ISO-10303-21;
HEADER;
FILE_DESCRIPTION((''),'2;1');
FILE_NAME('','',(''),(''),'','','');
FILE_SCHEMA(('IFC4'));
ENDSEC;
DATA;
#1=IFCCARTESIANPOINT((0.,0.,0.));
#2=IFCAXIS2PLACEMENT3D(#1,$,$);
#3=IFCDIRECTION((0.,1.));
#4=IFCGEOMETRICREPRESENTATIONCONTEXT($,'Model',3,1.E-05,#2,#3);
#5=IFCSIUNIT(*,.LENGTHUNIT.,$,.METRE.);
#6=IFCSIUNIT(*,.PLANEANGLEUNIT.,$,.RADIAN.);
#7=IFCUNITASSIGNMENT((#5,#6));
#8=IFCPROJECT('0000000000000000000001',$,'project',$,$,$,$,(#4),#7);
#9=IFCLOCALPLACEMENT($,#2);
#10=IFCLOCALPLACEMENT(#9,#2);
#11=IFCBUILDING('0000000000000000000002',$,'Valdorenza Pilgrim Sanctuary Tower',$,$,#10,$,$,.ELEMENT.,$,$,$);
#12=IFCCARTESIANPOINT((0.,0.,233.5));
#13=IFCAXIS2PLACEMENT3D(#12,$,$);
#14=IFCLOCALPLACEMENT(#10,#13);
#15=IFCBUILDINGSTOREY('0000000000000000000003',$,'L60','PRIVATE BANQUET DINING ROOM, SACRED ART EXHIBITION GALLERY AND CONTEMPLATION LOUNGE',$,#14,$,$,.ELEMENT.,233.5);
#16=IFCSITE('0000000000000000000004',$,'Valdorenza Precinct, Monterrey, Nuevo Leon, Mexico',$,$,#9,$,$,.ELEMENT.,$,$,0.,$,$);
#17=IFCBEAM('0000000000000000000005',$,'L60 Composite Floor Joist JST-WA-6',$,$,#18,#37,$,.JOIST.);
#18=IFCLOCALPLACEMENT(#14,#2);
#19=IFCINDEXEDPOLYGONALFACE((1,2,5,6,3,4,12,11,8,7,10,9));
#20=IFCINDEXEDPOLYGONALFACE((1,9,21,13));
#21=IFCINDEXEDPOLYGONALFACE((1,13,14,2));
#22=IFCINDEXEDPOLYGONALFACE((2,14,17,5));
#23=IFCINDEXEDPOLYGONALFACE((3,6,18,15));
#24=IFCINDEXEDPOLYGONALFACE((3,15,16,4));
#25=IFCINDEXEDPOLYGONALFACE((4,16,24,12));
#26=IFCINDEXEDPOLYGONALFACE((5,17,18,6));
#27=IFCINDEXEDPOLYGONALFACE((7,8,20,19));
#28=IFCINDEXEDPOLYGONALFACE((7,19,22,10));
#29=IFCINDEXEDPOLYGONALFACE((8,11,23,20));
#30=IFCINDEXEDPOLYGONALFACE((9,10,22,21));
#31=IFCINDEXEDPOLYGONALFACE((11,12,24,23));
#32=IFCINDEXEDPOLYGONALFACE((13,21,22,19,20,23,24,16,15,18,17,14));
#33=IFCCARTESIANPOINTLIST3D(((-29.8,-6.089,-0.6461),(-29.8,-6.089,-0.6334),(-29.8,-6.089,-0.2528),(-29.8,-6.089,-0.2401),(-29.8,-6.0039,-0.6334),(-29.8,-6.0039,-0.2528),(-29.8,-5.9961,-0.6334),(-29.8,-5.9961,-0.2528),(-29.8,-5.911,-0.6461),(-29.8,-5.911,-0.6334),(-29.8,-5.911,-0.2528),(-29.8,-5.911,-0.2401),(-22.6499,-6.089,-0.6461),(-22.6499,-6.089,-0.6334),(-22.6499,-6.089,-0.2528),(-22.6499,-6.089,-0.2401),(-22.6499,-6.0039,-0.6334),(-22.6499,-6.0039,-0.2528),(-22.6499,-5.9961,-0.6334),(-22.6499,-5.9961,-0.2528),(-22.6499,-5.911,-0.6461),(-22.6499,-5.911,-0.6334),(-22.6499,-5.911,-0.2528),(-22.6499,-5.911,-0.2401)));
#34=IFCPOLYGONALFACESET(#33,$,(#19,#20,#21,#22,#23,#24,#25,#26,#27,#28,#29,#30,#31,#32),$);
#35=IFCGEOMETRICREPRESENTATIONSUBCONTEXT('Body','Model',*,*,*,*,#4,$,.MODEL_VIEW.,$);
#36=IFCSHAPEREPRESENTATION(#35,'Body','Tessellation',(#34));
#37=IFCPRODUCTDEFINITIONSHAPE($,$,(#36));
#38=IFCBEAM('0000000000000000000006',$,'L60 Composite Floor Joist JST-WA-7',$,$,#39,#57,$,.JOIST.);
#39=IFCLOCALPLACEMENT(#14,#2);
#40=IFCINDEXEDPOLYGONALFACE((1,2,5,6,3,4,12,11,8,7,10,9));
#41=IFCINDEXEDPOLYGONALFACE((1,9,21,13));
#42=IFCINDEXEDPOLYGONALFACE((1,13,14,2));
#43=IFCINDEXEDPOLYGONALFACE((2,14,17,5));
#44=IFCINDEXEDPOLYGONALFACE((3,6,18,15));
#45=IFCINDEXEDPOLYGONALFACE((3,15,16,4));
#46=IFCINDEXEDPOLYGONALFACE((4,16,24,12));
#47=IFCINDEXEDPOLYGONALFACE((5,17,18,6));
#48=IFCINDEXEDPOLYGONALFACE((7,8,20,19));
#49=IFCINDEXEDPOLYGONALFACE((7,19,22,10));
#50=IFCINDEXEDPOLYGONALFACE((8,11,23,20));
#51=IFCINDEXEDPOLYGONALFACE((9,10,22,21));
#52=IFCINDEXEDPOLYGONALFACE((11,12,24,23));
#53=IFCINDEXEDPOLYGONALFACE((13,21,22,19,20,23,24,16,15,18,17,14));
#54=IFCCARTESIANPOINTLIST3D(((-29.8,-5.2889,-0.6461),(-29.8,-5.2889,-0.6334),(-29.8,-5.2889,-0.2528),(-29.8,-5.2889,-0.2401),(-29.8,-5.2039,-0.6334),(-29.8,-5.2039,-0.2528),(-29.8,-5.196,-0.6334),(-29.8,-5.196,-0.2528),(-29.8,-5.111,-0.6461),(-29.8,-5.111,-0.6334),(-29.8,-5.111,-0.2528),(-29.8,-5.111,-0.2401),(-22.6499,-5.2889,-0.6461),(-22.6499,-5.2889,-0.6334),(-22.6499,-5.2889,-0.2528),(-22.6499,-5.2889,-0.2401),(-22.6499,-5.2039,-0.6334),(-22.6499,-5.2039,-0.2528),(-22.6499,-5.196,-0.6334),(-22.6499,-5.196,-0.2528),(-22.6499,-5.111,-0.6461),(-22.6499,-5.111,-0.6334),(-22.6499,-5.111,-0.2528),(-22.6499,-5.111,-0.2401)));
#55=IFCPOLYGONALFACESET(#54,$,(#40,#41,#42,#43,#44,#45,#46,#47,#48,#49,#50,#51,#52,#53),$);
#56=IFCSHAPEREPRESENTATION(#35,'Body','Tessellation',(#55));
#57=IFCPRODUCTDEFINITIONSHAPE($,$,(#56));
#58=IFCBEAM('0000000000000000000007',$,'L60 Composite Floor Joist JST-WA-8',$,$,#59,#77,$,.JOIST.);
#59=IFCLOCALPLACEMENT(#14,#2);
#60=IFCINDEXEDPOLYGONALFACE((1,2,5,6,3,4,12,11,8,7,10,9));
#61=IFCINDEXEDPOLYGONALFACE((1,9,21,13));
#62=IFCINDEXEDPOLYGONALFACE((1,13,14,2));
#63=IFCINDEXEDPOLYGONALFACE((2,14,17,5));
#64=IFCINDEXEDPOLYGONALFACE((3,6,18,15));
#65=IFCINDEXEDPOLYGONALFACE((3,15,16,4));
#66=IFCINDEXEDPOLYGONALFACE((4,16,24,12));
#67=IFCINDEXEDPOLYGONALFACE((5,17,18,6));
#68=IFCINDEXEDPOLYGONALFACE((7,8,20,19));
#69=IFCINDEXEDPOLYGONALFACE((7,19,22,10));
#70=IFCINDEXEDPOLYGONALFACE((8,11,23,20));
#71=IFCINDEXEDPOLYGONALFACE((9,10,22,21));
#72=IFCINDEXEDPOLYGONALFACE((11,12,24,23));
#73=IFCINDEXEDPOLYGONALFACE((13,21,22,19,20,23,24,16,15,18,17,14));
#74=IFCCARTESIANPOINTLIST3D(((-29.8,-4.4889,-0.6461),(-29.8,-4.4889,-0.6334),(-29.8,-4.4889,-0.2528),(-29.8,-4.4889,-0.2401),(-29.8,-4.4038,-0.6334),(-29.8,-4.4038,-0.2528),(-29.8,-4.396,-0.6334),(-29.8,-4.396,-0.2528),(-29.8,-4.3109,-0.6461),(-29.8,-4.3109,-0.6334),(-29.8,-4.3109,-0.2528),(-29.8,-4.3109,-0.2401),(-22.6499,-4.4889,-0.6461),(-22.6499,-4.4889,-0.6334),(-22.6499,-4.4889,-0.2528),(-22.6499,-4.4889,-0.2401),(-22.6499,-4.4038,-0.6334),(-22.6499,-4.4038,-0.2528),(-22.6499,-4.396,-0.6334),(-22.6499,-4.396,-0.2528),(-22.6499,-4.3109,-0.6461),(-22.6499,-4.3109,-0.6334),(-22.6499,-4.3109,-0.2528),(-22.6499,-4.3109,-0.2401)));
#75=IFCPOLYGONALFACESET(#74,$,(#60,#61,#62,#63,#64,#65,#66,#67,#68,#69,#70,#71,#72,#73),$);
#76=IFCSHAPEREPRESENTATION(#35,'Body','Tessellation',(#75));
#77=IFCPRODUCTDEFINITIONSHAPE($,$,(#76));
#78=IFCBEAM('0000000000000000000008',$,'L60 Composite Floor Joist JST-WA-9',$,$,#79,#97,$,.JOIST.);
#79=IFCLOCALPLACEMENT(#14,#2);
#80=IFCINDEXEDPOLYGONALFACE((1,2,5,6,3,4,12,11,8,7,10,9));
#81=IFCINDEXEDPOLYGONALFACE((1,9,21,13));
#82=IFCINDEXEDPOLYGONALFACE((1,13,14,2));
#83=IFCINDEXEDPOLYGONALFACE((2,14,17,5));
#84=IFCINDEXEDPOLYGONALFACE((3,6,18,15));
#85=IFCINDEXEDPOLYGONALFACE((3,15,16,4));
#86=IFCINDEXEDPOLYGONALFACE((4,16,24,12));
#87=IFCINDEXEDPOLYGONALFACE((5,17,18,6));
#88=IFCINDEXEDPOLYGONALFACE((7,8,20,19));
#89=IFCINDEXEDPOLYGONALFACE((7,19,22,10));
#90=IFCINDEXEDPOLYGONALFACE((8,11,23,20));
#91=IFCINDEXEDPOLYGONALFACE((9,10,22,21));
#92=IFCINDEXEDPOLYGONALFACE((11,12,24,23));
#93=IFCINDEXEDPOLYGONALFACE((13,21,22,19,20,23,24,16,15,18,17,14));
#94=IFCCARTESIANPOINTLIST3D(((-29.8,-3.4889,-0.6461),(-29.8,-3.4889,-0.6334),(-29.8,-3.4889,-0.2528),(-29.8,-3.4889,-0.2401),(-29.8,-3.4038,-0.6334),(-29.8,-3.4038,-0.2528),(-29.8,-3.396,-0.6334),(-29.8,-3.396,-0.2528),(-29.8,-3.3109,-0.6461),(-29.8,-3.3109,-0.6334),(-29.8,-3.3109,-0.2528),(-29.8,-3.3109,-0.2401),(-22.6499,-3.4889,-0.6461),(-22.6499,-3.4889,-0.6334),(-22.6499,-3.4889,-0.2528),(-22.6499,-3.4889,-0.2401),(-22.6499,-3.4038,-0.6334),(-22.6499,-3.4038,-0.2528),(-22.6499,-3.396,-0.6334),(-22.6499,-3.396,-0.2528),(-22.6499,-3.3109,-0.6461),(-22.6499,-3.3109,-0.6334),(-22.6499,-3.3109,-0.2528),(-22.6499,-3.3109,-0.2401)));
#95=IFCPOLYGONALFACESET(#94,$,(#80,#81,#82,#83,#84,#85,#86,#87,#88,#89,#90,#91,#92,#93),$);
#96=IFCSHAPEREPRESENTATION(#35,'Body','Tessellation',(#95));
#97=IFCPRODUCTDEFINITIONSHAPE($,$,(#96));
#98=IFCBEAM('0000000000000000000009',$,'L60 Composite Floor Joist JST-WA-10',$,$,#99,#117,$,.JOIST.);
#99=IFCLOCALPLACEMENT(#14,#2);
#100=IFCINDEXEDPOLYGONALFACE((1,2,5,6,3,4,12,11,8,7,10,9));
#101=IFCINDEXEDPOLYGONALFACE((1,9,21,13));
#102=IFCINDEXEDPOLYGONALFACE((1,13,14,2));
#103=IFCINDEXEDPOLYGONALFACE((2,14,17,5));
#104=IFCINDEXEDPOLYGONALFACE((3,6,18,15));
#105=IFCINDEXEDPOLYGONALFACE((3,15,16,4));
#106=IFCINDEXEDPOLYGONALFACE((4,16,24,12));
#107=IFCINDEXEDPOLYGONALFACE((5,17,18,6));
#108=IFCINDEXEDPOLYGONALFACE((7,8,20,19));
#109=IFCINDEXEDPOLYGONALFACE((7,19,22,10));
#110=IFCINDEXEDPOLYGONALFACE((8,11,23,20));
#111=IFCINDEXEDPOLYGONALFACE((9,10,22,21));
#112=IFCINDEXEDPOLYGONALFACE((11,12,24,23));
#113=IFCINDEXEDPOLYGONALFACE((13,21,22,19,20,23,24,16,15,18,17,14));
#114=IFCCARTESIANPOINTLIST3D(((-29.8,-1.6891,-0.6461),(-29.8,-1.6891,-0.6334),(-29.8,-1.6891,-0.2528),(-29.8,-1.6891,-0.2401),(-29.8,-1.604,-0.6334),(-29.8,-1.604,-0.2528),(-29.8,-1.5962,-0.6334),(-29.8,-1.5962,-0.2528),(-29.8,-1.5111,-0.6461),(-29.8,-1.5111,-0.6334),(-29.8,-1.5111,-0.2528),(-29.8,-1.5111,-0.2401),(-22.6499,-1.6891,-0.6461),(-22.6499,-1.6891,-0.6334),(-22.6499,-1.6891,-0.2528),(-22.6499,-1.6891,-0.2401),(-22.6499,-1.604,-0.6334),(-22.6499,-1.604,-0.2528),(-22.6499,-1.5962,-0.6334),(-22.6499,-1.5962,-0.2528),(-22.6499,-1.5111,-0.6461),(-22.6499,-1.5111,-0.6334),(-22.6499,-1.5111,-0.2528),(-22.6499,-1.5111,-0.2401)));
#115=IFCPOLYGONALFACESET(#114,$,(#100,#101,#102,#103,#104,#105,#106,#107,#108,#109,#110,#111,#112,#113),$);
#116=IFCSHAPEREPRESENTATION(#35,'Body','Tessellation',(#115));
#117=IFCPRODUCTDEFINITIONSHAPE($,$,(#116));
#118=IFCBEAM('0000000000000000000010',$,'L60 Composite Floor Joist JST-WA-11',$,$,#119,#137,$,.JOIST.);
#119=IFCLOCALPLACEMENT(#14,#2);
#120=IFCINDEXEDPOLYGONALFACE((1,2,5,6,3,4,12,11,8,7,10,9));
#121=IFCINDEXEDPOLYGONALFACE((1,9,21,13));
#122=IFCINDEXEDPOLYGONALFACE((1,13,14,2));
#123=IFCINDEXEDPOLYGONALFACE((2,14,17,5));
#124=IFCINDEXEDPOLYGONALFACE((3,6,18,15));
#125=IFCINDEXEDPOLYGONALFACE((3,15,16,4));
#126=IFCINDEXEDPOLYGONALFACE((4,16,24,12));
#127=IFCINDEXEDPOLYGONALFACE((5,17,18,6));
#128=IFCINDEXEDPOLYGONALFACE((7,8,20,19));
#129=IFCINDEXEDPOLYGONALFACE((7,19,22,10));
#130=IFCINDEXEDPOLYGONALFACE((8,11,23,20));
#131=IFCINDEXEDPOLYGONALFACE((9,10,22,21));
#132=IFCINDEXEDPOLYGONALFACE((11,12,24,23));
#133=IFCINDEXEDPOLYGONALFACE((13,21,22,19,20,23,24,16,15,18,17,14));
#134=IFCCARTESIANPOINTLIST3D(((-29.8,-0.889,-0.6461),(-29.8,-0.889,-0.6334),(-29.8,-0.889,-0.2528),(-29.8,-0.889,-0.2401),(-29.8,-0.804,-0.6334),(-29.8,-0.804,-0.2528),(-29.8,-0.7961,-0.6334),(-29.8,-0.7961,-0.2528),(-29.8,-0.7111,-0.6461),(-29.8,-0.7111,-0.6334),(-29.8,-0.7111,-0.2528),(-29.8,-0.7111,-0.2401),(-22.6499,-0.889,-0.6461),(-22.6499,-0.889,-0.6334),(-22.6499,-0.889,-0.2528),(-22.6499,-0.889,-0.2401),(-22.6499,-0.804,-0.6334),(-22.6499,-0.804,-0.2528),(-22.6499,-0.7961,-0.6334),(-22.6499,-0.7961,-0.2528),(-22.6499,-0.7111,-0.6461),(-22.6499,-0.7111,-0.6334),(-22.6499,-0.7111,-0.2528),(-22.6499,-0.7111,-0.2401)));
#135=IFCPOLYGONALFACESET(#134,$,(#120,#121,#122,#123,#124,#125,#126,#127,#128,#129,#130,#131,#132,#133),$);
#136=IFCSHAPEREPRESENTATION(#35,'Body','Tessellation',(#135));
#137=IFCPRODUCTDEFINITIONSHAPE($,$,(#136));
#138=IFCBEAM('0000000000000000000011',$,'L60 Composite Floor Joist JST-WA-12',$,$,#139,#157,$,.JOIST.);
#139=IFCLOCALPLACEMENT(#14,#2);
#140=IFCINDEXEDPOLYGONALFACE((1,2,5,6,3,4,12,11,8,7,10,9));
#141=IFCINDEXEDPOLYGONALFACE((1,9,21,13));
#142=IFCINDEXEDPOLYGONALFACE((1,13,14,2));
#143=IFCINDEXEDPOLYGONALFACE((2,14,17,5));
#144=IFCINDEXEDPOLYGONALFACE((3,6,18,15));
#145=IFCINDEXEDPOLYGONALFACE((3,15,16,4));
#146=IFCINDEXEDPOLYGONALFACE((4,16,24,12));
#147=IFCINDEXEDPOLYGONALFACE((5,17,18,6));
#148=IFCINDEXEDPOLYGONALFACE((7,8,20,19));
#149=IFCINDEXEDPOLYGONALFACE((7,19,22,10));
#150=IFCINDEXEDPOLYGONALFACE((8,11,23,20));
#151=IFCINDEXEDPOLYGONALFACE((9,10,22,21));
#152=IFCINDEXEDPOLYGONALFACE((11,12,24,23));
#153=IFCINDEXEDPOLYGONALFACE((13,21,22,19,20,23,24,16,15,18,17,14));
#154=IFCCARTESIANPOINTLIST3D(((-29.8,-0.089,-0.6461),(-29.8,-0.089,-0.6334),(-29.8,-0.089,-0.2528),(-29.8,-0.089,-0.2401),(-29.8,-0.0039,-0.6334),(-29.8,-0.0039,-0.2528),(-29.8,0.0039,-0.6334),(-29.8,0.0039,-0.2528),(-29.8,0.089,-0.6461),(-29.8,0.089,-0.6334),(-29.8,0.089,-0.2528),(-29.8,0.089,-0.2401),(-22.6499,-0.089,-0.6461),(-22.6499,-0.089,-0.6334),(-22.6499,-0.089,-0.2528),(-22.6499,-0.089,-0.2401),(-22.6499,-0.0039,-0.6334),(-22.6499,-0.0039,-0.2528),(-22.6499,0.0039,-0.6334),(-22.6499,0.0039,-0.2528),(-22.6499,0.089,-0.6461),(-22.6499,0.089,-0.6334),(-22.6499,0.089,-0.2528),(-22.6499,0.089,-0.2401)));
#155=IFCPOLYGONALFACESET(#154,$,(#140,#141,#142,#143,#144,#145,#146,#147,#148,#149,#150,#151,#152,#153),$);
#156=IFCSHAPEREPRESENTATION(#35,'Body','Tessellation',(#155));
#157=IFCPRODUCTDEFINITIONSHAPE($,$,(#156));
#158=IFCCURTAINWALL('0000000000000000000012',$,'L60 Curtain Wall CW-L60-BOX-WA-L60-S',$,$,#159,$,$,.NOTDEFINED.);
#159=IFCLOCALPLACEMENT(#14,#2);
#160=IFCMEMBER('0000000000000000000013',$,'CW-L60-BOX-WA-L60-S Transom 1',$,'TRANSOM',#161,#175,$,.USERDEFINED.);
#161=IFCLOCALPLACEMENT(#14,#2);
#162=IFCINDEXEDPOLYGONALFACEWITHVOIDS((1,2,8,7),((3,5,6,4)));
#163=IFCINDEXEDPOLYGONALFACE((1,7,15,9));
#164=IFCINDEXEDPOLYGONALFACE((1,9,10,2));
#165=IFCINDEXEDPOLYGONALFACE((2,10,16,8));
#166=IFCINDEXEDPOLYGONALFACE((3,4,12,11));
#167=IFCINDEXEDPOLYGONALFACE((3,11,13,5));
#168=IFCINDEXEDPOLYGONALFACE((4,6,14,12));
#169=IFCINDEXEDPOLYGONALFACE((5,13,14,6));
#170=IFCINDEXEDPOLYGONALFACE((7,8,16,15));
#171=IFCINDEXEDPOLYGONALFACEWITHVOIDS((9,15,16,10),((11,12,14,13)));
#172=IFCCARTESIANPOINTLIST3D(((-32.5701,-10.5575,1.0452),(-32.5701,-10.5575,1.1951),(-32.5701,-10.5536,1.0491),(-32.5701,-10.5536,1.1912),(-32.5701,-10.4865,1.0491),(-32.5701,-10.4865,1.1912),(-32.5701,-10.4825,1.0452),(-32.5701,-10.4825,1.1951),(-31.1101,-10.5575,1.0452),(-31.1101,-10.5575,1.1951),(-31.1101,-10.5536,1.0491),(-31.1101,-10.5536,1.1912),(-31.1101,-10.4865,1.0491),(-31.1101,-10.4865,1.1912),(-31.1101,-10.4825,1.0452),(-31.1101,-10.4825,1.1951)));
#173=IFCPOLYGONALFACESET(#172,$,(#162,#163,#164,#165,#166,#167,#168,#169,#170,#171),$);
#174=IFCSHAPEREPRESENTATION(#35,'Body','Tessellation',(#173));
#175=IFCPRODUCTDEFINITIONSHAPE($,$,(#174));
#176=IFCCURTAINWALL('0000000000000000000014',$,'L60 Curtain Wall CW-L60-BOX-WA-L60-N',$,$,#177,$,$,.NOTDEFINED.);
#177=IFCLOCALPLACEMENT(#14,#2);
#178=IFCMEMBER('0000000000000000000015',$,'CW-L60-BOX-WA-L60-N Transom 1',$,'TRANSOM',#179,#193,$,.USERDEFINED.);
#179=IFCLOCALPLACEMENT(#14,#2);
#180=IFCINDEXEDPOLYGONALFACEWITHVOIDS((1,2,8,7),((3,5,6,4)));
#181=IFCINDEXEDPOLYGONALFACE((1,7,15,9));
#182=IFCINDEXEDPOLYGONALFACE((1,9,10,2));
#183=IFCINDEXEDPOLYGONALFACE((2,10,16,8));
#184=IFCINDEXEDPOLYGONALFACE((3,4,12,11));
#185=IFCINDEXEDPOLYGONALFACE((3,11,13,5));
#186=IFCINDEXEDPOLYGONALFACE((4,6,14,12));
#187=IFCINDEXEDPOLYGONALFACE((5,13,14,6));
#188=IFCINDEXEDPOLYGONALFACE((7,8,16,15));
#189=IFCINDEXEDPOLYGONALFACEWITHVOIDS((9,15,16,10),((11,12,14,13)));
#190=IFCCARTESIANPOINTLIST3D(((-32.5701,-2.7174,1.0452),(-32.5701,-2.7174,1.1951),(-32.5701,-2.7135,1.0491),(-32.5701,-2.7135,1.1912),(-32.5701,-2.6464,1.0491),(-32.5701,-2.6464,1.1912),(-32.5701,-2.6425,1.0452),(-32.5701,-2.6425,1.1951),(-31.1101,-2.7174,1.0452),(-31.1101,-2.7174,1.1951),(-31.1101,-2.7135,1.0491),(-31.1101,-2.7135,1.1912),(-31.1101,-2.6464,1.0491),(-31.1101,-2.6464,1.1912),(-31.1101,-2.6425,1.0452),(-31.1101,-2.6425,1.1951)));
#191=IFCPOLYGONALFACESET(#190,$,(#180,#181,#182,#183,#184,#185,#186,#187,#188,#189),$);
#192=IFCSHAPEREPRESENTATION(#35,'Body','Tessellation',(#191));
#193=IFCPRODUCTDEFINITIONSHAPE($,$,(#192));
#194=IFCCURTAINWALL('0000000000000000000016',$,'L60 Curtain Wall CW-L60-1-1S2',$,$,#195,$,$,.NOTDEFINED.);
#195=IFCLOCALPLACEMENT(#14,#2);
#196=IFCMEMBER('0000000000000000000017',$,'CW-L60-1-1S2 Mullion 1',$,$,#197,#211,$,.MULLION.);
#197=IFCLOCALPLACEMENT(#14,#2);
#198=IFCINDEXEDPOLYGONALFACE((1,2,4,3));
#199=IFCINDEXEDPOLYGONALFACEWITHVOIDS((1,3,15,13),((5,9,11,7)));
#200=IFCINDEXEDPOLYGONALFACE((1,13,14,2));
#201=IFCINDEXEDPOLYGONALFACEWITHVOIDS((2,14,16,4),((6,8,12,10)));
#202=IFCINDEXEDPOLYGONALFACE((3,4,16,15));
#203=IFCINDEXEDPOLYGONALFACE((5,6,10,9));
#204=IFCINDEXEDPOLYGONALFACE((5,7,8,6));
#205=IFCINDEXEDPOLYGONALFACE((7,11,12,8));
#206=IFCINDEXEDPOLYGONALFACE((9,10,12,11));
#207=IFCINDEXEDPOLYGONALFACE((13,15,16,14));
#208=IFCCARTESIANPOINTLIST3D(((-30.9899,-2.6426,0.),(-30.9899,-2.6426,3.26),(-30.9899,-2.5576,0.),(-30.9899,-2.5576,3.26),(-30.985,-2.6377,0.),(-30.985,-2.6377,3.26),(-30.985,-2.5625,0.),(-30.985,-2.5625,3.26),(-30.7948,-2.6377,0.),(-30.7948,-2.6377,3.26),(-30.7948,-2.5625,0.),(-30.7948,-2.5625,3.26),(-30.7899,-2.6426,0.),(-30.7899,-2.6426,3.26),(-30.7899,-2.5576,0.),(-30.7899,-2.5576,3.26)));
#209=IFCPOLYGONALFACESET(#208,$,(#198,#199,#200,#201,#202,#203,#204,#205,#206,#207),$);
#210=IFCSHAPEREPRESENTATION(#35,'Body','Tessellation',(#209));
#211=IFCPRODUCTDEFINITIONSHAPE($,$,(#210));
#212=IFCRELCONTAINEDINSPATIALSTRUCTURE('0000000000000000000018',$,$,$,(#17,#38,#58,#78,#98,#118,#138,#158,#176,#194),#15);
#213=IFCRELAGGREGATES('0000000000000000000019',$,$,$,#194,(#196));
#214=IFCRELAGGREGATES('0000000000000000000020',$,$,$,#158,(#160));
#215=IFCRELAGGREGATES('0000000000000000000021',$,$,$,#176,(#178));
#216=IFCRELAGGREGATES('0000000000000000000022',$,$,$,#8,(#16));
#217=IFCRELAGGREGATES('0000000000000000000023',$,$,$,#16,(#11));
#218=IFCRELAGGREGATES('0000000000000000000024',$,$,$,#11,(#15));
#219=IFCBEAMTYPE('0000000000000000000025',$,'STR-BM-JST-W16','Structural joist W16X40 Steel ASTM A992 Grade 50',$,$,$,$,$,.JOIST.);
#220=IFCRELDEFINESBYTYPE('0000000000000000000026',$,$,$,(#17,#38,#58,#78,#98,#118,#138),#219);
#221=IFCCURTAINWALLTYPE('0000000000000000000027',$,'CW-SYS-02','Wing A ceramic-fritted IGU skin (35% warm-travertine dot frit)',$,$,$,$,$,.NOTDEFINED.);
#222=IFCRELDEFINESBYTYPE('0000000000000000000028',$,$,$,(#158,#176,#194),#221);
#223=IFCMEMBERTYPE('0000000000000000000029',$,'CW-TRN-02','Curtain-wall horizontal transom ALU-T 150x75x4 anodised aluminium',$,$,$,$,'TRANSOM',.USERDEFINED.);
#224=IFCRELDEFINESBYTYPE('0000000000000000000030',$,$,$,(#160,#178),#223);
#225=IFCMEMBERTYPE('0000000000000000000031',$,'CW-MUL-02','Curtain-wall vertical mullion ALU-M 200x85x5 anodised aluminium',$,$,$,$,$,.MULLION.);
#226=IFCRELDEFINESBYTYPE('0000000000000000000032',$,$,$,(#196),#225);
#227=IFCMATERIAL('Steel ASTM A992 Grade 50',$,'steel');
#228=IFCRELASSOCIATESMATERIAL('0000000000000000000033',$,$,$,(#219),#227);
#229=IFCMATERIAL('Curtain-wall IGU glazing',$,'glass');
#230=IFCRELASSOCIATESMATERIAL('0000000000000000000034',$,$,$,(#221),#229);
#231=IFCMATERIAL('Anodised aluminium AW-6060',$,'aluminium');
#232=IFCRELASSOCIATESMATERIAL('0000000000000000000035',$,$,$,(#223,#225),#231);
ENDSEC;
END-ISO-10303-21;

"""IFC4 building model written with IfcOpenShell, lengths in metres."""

from ifc_helpers import new_model, si_unit, direction, frame, origin, origin_2d, place, context, subcontext, project, spatial, hollow_rectangle, i_section, extrude, source, transform, mapped, material, material_profile, profile_set, type_object, element, aggregate, save


model = new_model("IFC4")

# Units and contexts
model_context = context("Model", 3, precision=1e-05, world=origin(), true_north=direction((0.0, 1.0)))
body_context = subcontext(model_context, "Body", "Model", "MODEL_VIEW")
ifc_project = project(units=[si_unit("LENGTHUNIT", "METRE"), si_unit("PLANEANGLEUNIT", "RADIAN")], contexts=[model_context])

# Site, building, storey
site_placement = place(None, origin())
site = spatial("IfcSite", under=ifc_project, at=site_placement, Name="Valdorenza Precinct, Monterrey, Nuevo Leon, Mexico", CompositionType="ELEMENT", RefElevation=0.0)
building_placement = place(site_placement, origin())
building = spatial("IfcBuilding", under=site, at=building_placement, Name="Valdorenza Pilgrim Sanctuary Tower", CompositionType="ELEMENT")
storey_placement = place(building_placement, frame((0.0, 0.0, 233.5)))
storey = spatial("IfcBuildingStorey", under=building, at=storey_placement, Name="L60", Description="PRIVATE BANQUET DINING ROOM, SACRED ART EXHIBITION GALLERY AND CONTEMPLATION LOUNGE", CompositionType="ELEMENT", Elevation=233.5)

# Beams
ifc_material_1 = material(Name="Steel ASTM A992 Grade 50", Category="steel")
ifc_material_profile_1 = material_profile(ifc_material_1, i_section(OverallWidth=0.178, OverallDepth=0.406, WebThickness=0.0078, FlangeThickness=0.0127, at=origin_2d()), Name="W16X40")
ifc_profile_set_1 = profile_set([ifc_material_profile_1], Name="Steel ASTM A992 Grade 50")
beam_type_1 = type_object("IfcBeamType", Name="STR-BM-JST-W16", Description="Structural joist W16X40 Steel ASTM A992 Grade 50", PredefinedType="JOIST", material=ifc_profile_set_1)
shared_shape_1 = source(origin(), body_context, "Body", "SweptSolid", [
    extrude(i_section(OverallWidth=0.178, OverallDepth=0.406, WebThickness=0.0078, FlangeThickness=0.0127, at=origin_2d()), origin(), (0.0, 0.0, 1.0), 7.1501),
])
for number, where, z_axis, x_axis, name in (
    (1, (-29.8, -6.0, -0.4431), (1.0, 0.0, 0.0), (0.0, 1.0, 0.0), "L60 Composite Floor Joist JST-WA-6"),
    (2, (-29.8, -5.2, -0.4431), (1.0, 0.0, 0.0), (0.0, 1.0, 0.0), "L60 Composite Floor Joist JST-WA-7"),
    (3, (-29.8, -4.3999, -0.4431), (1.0, 0.0, 0.0), (0.0, 1.0, 0.0), "L60 Composite Floor Joist JST-WA-8"),
    (4, (-29.8, -3.3999, -0.4431), (1.0, 0.0, 0.0), (0.0, 1.0, 0.0), "L60 Composite Floor Joist JST-WA-9"),
    (5, (-29.8, -1.6001, -0.4431), (1.0, 0.0, 0.0), (0.0, 1.0, 0.0), "L60 Composite Floor Joist JST-WA-10"),
    (6, (-29.8, -0.8, -0.4431), (1.0, 0.0, 0.0), (0.0, 1.0, 0.0), "L60 Composite Floor Joist JST-WA-11"),
    (7, (-29.8, 0.0, -0.4431), (1.0, 0.0, 0.0), (0.0, 1.0, 0.0), "L60 Composite Floor Joist JST-WA-12"),
):
    element("IfcBeam", number, at=place(storey_placement, frame(where, z_axis=z_axis, x_axis=x_axis)), inside=storey, type_object=beam_type_1, Name=name, PredefinedType="JOIST", context=body_context, shape_type="MappedRepresentation", body=[
        mapped(shared_shape_1, transform((0.0, 0.0, 0.0), x_axis=(1.0, 0.0, 0.0), y_axis=(0.0, 1.0, 0.0), z_axis=(0.0, 0.0, 1.0), scale=1.0)),
    ])

# Curtain walls, members
ifc_material_2 = material(Name="Curtain-wall IGU glazing", Category="glass")
curtain_wall_type = type_object("IfcCurtainWallType", Name="CW-SYS-02", Description="Wing A ceramic-fritted IGU skin (35% warm-travertine dot frit)", PredefinedType="NOTDEFINED", material=ifc_material_2)
curtain_wall_1_placement = place(storey_placement, origin())
curtain_wall_1 = element("IfcCurtainWall", 8, at=curtain_wall_1_placement, inside=storey, type_object=curtain_wall_type, Name="L60 Curtain Wall CW-L60-BOX-WA-L60-S", PredefinedType="NOTDEFINED")
ifc_material_3 = material(Name="Anodised aluminium AW-6060", Category="aluminium")
ifc_material_profile_2 = material_profile(ifc_material_3, hollow_rectangle(XDim=0.075, YDim=0.1499, WallThickness=0.0039, at=origin_2d()), Name="ALU-T 150x75x4")
ifc_profile_set_2 = profile_set([ifc_material_profile_2], Name="Anodised aluminium AW-6060")
member_type_1 = type_object("IfcMemberType", Name="CW-TRN-02", Description="Curtain-wall horizontal transom ALU-T 150x75x4 anodised aluminium", ElementType="TRANSOM", PredefinedType="USERDEFINED", material=ifc_profile_set_2)
shared_shape_2 = source(origin(), body_context, "Body", "SweptSolid", [
    extrude(hollow_rectangle(XDim=0.075, YDim=0.1499, WallThickness=0.0039, at=origin_2d()), origin(), (0.0, 0.0, 1.0), 1.46),
])
member_1_placement = place(storey_placement, frame((-31.1101, -10.52, 1.1201), z_axis=(-1.0, 0.0, 0.0), x_axis=(0.0, -1.0, 0.0)))
member_1 = element("IfcMember", 9, at=member_1_placement, type_object=member_type_1, Name="CW-L60-BOX-WA-L60-S Transom 1", ObjectType="TRANSOM", PredefinedType="USERDEFINED", context=body_context, shape_type="MappedRepresentation", body=[
    mapped(shared_shape_2, transform((0.0, 0.0, 0.0), x_axis=(1.0, 0.0, 0.0), y_axis=(0.0, 1.0, 0.0), z_axis=(0.0, 0.0, 1.0), scale=1.0)),
])
curtain_wall_2_placement = place(storey_placement, origin())
curtain_wall_2 = element("IfcCurtainWall", 10, at=curtain_wall_2_placement, inside=storey, type_object=curtain_wall_type, Name="L60 Curtain Wall CW-L60-BOX-WA-L60-N", PredefinedType="NOTDEFINED")
member_2_placement = place(storey_placement, frame((-32.5701, -2.6799, 1.1201), z_axis=(1.0, 0.0, 0.0), x_axis=(0.0, 1.0, 0.0)))
member_2 = element("IfcMember", 11, at=member_2_placement, type_object=member_type_1, Name="CW-L60-BOX-WA-L60-N Transom 1", ObjectType="TRANSOM", PredefinedType="USERDEFINED", context=body_context, shape_type="MappedRepresentation", body=[
    mapped(shared_shape_2, transform((0.0, 0.0, 0.0), x_axis=(1.0, 0.0, 0.0), y_axis=(0.0, 1.0, 0.0), z_axis=(0.0, 0.0, 1.0), scale=1.0)),
])
curtain_wall_3_placement = place(storey_placement, origin())
curtain_wall_3 = element("IfcCurtainWall", 12, at=curtain_wall_3_placement, inside=storey, type_object=curtain_wall_type, Name="L60 Curtain Wall CW-L60-1-1S2", PredefinedType="NOTDEFINED")
ifc_material_profile_3 = material_profile(ifc_material_3, hollow_rectangle(XDim=0.085, YDim=0.2, WallThickness=0.0049, at=origin_2d()), Name="ALU-M 200x85x5")
ifc_profile_set_3 = profile_set([ifc_material_profile_3], Name="Anodised aluminium AW-6060")
member_type_2 = type_object("IfcMemberType", Name="CW-MUL-02", Description="Curtain-wall vertical mullion ALU-M 200x85x5 anodised aluminium", PredefinedType="MULLION", material=ifc_profile_set_3)
shared_shape_3 = source(origin(), body_context, "Body", "SweptSolid", [
    extrude(hollow_rectangle(XDim=0.085, YDim=0.2, WallThickness=0.0049, at=origin_2d()), origin(), (0.0, 0.0, 1.0), 3.26),
])
member_3_placement = place(storey_placement, frame((-30.8899, -2.6001, 0.0), z_axis=(0.0, 0.0, 1.0), x_axis=(0.0, 1.0, 0.0)))
member_3 = element("IfcMember", 13, at=member_3_placement, type_object=member_type_2, Name="CW-L60-1-1S2 Mullion 1", PredefinedType="MULLION", context=body_context, shape_type="MappedRepresentation", body=[
    mapped(shared_shape_3, transform((0.0, 0.0, 0.0), x_axis=(1.0, 0.0, 0.0), y_axis=(0.0, 1.0, 0.0), z_axis=(0.0, 0.0, 1.0), scale=1.0)),
])

aggregate(curtain_wall_3, [member_3])

aggregate(curtain_wall_1, [member_1])
aggregate(curtain_wall_2, [member_2])

save(model, "model.ifc")
